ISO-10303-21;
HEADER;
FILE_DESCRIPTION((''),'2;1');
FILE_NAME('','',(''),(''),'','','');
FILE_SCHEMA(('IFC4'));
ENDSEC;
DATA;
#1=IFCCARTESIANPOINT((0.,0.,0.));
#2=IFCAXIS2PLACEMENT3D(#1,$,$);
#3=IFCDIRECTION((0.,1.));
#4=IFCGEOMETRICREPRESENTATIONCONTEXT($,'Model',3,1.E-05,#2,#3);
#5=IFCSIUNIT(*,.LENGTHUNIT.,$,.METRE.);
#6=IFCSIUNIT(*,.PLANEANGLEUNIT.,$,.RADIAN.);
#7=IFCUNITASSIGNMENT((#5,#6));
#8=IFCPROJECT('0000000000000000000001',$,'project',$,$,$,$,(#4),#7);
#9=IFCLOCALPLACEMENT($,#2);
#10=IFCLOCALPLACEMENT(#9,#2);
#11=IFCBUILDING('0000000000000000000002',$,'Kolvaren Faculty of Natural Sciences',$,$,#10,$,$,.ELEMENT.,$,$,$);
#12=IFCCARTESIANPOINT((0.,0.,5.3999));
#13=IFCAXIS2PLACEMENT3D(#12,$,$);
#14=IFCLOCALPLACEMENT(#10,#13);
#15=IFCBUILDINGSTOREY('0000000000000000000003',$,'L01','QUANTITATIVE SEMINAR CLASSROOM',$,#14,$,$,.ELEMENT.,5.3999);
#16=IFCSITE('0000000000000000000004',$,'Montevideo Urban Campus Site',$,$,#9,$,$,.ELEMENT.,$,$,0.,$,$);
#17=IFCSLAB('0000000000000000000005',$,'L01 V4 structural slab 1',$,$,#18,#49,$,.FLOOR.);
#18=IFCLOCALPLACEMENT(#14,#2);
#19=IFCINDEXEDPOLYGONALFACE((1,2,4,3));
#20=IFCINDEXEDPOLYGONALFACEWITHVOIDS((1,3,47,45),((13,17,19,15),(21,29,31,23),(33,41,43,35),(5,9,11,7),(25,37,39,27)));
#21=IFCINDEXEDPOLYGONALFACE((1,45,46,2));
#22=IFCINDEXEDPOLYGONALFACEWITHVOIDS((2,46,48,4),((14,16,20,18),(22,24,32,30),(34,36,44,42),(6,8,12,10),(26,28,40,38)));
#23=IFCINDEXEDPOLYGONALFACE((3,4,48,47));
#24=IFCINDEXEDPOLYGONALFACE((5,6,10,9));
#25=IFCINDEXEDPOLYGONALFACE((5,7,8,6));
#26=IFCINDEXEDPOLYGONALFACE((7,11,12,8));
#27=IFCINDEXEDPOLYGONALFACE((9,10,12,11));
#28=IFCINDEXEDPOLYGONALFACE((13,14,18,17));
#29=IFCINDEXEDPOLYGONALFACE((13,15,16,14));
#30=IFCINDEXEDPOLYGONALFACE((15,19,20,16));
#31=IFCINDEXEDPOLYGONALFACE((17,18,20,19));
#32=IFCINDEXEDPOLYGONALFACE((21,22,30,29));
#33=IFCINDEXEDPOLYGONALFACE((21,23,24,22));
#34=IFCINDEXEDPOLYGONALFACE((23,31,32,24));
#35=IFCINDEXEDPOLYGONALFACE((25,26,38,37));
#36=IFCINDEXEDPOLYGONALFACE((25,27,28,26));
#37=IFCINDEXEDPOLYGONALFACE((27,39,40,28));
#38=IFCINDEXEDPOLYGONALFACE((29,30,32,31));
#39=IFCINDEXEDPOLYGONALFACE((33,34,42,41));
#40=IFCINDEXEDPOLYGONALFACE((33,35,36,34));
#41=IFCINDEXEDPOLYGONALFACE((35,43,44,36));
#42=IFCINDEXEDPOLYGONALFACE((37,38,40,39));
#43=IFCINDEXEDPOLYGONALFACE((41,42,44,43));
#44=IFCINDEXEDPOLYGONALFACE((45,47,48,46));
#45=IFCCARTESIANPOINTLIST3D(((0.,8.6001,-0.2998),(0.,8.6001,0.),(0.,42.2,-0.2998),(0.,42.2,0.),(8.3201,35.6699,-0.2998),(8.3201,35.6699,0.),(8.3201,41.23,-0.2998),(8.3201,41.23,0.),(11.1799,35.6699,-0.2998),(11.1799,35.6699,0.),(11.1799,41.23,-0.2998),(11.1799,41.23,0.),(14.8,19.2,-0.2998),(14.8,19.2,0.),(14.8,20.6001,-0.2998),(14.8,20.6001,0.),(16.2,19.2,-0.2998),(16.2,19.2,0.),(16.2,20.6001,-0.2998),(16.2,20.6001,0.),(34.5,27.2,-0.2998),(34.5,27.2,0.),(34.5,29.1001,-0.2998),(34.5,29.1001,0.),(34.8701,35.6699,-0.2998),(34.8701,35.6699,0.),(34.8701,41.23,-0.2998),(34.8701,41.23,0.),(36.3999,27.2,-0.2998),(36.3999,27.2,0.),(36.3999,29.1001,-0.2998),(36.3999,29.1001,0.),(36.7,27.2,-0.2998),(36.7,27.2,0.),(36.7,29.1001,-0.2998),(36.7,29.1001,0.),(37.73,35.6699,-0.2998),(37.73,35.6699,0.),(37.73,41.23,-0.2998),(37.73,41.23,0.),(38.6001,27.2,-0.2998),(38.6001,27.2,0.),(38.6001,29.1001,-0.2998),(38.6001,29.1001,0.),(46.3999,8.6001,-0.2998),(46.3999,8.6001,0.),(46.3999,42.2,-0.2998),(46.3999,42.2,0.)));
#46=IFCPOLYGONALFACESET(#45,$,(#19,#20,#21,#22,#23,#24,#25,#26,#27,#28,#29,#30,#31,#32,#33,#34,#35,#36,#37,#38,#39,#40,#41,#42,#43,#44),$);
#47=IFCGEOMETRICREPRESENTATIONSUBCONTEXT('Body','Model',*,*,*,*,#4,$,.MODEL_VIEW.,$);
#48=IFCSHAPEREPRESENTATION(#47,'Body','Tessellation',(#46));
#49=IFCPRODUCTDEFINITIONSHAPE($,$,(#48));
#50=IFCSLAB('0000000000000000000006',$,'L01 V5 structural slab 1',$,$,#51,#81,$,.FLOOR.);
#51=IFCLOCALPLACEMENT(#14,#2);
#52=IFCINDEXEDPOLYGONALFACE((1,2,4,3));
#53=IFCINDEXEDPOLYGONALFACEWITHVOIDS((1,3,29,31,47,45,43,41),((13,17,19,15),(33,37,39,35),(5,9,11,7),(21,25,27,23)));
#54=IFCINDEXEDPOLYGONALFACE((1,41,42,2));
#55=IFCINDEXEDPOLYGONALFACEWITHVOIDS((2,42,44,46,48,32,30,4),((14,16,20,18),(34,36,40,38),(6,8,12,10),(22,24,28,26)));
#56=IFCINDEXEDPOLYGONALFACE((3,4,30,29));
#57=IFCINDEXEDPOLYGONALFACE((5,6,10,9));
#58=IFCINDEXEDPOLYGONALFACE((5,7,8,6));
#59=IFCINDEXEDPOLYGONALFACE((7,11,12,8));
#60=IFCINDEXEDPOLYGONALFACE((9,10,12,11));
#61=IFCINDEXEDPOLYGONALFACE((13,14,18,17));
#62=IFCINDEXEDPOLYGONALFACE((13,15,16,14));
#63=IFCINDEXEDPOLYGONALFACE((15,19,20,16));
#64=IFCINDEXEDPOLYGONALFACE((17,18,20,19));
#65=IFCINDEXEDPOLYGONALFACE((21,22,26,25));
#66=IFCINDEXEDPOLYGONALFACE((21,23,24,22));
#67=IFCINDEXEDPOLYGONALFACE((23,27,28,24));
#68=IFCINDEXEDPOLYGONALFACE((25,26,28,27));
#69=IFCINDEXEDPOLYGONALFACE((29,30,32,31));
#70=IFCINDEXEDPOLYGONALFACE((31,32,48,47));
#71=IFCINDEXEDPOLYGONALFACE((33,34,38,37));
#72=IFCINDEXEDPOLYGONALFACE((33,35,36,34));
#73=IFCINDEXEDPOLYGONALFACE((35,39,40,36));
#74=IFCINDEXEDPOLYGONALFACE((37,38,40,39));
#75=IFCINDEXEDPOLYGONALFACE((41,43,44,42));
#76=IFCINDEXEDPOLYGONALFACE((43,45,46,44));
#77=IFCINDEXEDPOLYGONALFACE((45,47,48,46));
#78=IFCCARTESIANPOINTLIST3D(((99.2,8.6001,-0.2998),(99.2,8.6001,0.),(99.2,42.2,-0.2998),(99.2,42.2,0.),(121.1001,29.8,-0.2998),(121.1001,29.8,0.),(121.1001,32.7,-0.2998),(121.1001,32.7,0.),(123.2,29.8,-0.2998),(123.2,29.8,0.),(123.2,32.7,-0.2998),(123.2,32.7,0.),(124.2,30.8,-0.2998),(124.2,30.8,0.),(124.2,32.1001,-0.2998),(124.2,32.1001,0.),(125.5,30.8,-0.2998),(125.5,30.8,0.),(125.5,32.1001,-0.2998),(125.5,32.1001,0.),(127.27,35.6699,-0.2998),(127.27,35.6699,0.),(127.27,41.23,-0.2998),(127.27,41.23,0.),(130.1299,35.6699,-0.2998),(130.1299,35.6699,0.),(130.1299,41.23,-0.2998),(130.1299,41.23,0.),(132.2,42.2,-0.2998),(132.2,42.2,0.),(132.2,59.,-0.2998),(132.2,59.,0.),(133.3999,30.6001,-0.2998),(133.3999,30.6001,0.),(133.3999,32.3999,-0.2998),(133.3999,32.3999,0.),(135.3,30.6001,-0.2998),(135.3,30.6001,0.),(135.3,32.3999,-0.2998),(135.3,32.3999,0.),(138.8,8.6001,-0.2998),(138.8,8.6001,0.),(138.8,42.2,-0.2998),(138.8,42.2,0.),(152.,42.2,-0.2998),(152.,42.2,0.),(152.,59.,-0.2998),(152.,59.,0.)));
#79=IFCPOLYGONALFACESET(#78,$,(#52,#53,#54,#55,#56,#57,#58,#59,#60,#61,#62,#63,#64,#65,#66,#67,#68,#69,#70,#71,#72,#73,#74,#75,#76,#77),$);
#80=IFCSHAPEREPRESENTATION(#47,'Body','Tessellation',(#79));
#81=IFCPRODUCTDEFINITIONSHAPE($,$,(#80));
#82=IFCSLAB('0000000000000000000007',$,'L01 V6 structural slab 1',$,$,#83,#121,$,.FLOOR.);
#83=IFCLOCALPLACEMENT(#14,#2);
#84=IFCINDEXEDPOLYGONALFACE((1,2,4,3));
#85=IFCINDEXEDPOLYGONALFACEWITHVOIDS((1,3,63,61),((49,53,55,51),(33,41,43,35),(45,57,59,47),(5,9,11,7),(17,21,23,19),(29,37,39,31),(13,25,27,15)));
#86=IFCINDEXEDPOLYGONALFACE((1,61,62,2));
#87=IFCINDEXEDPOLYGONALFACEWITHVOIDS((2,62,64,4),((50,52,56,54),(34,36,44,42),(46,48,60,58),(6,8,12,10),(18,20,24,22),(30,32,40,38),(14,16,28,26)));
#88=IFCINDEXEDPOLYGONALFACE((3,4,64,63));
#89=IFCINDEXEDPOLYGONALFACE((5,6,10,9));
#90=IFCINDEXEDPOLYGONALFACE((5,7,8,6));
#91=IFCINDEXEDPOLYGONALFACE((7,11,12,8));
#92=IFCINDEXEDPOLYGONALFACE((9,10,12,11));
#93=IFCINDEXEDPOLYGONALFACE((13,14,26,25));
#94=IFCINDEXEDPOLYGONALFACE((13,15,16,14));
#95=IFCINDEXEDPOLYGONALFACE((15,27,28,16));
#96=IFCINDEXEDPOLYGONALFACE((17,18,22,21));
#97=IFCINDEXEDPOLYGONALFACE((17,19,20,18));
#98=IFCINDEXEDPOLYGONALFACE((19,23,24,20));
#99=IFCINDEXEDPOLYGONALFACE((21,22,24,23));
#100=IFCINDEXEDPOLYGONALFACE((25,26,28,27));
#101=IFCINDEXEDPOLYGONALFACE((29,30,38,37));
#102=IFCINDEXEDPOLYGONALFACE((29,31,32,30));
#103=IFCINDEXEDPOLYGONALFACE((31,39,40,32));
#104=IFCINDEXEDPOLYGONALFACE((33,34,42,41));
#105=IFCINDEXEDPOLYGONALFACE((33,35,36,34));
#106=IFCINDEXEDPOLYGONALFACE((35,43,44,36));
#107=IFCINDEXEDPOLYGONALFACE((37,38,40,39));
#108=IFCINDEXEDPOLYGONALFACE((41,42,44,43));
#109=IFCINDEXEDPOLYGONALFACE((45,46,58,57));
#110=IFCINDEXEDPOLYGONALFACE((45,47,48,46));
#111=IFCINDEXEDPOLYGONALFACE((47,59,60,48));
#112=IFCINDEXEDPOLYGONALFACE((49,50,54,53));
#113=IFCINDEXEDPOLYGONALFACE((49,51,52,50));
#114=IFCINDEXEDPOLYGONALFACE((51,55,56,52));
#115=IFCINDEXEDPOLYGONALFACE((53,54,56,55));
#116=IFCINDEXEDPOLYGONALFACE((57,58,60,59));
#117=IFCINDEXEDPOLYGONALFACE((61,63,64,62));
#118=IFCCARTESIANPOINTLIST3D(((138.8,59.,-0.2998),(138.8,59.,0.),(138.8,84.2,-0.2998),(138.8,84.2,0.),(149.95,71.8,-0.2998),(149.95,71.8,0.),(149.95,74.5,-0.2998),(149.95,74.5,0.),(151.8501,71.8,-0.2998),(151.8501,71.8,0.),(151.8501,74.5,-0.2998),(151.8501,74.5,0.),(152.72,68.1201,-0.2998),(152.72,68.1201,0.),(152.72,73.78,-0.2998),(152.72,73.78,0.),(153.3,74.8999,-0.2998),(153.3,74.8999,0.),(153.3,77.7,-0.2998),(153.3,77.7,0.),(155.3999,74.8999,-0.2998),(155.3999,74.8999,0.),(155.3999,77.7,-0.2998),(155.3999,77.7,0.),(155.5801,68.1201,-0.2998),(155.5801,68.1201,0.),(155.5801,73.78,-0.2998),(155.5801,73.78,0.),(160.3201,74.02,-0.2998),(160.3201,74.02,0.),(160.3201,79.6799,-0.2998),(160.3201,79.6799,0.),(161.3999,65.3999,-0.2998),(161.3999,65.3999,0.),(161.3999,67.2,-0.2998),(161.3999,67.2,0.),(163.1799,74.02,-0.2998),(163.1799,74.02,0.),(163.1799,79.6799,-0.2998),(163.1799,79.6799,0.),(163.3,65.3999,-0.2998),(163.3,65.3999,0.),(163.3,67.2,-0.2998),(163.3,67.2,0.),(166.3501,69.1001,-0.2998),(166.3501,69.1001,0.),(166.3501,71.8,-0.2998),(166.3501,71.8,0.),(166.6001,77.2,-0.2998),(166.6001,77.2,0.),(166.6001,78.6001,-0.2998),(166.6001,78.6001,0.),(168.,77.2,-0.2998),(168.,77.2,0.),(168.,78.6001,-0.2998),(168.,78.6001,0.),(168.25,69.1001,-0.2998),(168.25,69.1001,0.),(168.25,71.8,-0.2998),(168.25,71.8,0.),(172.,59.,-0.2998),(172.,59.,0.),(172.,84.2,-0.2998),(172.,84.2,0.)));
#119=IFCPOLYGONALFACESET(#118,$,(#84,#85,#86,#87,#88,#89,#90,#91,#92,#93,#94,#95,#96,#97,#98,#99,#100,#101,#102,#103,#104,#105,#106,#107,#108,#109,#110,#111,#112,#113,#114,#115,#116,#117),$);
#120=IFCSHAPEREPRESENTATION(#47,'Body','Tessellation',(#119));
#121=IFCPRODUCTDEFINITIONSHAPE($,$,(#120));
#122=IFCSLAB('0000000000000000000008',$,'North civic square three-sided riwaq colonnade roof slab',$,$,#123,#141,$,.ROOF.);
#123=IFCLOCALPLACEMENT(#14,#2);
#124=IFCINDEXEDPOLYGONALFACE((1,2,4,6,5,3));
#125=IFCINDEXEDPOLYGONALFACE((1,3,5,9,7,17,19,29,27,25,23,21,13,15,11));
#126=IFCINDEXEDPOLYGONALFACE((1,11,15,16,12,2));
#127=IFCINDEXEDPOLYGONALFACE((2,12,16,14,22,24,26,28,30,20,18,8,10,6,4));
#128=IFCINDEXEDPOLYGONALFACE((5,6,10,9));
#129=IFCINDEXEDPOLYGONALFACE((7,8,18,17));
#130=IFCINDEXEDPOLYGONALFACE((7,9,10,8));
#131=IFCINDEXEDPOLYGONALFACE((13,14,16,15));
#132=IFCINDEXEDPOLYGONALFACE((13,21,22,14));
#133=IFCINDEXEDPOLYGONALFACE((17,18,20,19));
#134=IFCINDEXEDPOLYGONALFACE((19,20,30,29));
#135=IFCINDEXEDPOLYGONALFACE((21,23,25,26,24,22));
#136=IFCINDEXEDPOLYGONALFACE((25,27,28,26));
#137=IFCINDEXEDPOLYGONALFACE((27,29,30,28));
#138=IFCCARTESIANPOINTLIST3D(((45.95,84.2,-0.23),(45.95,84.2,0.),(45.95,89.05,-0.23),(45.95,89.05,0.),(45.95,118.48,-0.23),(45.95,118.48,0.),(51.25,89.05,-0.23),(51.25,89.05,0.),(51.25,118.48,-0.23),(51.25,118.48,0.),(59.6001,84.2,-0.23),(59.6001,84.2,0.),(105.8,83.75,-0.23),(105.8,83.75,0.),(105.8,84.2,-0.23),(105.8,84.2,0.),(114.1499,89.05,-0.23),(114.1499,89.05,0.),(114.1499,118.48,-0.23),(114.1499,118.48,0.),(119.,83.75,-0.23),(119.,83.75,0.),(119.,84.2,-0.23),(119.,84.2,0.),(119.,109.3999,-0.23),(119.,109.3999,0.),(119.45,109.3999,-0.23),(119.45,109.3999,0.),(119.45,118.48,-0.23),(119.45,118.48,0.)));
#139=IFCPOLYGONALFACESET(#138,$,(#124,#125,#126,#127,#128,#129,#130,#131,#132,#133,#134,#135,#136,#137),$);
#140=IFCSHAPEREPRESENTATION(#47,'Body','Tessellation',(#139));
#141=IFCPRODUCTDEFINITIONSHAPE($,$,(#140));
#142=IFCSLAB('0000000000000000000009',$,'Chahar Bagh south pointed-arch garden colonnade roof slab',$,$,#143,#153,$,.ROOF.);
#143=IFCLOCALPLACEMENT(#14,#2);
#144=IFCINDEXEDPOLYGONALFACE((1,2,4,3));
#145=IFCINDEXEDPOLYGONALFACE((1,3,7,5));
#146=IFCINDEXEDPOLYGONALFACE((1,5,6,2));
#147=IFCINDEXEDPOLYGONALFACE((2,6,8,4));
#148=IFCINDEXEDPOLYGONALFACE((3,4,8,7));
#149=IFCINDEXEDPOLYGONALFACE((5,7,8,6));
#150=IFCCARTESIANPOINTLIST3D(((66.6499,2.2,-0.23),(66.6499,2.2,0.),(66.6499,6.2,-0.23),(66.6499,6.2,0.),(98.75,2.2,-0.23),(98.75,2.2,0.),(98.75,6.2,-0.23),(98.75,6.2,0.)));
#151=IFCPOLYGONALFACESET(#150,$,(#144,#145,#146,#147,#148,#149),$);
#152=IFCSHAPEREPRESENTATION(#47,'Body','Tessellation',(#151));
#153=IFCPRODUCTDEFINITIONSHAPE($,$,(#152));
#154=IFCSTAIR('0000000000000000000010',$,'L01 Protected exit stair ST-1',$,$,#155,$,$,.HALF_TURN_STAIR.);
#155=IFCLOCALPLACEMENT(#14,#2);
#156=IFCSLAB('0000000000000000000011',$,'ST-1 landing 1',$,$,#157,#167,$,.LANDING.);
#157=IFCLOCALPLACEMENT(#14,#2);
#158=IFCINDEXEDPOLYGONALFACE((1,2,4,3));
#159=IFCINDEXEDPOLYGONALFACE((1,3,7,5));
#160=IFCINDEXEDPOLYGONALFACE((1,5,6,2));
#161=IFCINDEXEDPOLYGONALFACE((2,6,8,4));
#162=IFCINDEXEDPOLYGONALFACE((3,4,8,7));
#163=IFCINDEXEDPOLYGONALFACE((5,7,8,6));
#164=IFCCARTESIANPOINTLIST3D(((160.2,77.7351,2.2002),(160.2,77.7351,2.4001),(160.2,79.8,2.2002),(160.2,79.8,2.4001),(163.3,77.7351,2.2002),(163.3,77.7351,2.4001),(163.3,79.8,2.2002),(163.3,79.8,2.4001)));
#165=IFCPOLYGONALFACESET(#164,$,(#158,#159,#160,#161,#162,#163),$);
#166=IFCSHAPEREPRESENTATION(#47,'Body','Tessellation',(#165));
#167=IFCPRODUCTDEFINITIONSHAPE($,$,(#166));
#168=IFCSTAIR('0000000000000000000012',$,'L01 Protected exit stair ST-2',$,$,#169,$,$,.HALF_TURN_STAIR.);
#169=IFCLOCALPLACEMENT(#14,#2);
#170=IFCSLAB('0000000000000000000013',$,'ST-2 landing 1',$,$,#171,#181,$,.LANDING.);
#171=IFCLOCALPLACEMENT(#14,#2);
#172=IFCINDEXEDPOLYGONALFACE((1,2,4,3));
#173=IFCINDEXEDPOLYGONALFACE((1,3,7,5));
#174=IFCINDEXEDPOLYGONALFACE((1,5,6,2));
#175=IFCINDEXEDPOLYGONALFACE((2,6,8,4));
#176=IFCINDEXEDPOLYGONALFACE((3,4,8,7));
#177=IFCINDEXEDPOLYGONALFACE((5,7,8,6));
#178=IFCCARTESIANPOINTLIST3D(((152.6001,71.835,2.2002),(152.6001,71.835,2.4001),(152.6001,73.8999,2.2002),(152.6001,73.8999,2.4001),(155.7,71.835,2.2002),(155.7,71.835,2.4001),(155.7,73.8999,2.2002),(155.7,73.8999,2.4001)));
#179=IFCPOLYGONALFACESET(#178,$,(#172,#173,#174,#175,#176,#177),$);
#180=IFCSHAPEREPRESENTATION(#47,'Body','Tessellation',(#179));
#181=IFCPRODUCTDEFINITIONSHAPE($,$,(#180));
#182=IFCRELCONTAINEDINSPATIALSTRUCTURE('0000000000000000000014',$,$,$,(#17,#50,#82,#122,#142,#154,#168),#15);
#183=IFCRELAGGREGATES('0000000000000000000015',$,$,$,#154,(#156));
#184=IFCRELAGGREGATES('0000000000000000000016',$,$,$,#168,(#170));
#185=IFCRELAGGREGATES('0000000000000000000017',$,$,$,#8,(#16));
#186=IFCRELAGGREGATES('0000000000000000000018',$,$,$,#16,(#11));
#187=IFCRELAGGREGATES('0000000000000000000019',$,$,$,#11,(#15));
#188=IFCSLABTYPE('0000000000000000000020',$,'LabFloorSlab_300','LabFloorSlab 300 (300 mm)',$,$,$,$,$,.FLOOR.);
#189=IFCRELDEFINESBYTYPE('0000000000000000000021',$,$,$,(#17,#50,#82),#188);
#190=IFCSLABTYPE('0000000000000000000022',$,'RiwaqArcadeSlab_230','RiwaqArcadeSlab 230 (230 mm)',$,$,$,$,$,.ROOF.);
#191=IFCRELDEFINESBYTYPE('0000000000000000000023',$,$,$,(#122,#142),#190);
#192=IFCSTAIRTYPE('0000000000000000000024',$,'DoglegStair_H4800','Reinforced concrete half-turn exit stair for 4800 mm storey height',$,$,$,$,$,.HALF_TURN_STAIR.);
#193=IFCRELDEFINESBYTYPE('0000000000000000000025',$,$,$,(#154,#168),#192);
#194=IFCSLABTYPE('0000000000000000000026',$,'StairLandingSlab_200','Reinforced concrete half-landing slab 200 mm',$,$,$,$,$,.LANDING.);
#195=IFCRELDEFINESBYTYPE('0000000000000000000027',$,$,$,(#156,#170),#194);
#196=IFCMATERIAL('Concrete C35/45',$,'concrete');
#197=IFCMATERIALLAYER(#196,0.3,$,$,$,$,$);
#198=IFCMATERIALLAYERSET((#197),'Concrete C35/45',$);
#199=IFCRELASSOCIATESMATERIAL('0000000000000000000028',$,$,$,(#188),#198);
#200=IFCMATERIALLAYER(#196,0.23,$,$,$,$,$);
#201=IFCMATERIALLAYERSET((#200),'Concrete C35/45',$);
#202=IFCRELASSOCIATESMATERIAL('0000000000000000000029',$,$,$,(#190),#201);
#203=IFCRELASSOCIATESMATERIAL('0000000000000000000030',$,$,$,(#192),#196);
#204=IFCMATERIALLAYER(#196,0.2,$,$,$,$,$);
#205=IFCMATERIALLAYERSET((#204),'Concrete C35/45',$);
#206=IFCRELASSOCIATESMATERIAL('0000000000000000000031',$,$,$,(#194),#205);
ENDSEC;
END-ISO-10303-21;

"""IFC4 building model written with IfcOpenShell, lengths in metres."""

from ifc_helpers import new_model, si_unit, direction, frame, origin, place, context, subcontext, project, spatial, polyline, outline, extrude, material, layer, layer_set, type_object, element, aggregate, save


model = new_model("IFC4")

# Units and contexts
model_context = context("Model", 3, precision=1e-05, world=origin(), true_north=direction((0.0, 1.0)))
body_context = subcontext(model_context, "Body", "Model", "MODEL_VIEW")
ifc_project = project(units=[si_unit("LENGTHUNIT", "METRE"), si_unit("PLANEANGLEUNIT", "RADIAN")], contexts=[model_context])

# Site, building, storey
site_placement = place(None, origin())
site = spatial("IfcSite", under=ifc_project, at=site_placement, Name="Montevideo Urban Campus Site", CompositionType="ELEMENT", RefElevation=0.0)
building_placement = place(site_placement, origin())
building = spatial("IfcBuilding", under=site, at=building_placement, Name="Kolvaren Faculty of Natural Sciences", CompositionType="ELEMENT")
storey_placement = place(building_placement, frame((0.0, 0.0, 5.3999)))
storey = spatial("IfcBuildingStorey", under=building, at=storey_placement, Name="L01", Description="QUANTITATIVE SEMINAR CLASSROOM", CompositionType="ELEMENT", Elevation=5.3999)

# Shared definitions
ifc_material_1 = material(Name="Concrete C35/45", Category="concrete")

# Slabs
ifc_layer_1 = layer(ifc_material_1, 0.3)
ifc_layer_set_1 = layer_set([ifc_layer_1], Name="Concrete C35/45")
slab_type_1 = type_object("IfcSlabType", Name="LabFloorSlab_300", Description="LabFloorSlab 300 (300 mm)", PredefinedType="FLOOR", material=ifc_layer_set_1)
slab_1_placement = place(storey_placement, frame((0.0, 0.0, -0.2998)))
element("IfcSlab", 1, at=slab_1_placement, inside=storey, type_object=slab_type_1, Name="L01 V4 structural slab 1", PredefinedType="FLOOR", context=body_context, shape_type="SweptSolid", body=[
    extrude(outline(polyline([(0.0, 8.6001), (0.0, 42.2), (46.3999, 42.2), (46.3999, 8.6001), (0.0, 8.6001)]), holes=[polyline([(38.6001, 29.1001), (36.7, 29.1001), (36.7, 27.2), (38.6001, 27.2), (38.6001, 29.1001)]), polyline([(37.73, 35.6699), (37.73, 41.23), (34.8701, 41.23), (34.8701, 35.6699), (37.73, 35.6699)]), polyline([(36.3999, 29.1001), (34.5, 29.1001), (34.5, 27.2), (36.3999, 27.2), (36.3999, 29.1001)]), polyline([(16.2, 20.6001), (14.8, 20.6001), (14.8, 19.2), (16.2, 19.2), (16.2, 20.6001)]), polyline([(11.1799, 35.6699), (11.1799, 41.23), (8.3201, 41.23), (8.3201, 35.6699), (11.1799, 35.6699)])]), origin(), (0.0, 0.0, 1.0), 0.2998),
])
slab_2_placement = place(storey_placement, frame((0.0, 0.0, -0.2998)))
element("IfcSlab", 2, at=slab_2_placement, inside=storey, type_object=slab_type_1, Name="L01 V5 structural slab 1", PredefinedType="FLOOR", context=body_context, shape_type="SweptSolid", body=[
    extrude(outline(polyline([(99.2, 8.6001), (99.2, 42.2), (132.2, 42.2), (132.2, 59.0), (152.0, 59.0), (152.0, 42.2), (138.8, 42.2), (138.8, 8.6001), (99.2, 8.6001)]), holes=[polyline([(135.3, 32.3999), (133.3999, 32.3999), (133.3999, 30.6001), (135.3, 30.6001), (135.3, 32.3999)]), polyline([(130.1299, 35.6699), (130.1299, 41.23), (127.27, 41.23), (127.27, 35.6699), (130.1299, 35.6699)]), polyline([(125.5, 32.1001), (124.2, 32.1001), (124.2, 30.8), (125.5, 30.8), (125.5, 32.1001)]), polyline([(123.2, 32.7), (121.1001, 32.7), (121.1001, 29.8), (123.2, 29.8), (123.2, 32.7)])]), origin(), (0.0, 0.0, 1.0), 0.2998),
])
slab_3_placement = place(storey_placement, frame((0.0, 0.0, -0.2998)))
element("IfcSlab", 3, at=slab_3_placement, inside=storey, type_object=slab_type_1, Name="L01 V6 structural slab 1", PredefinedType="FLOOR", context=body_context, shape_type="SweptSolid", body=[
    extrude(outline(polyline([(138.8, 59.0), (138.8, 84.2), (172.0, 84.2), (172.0, 59.0), (138.8, 59.0)]), holes=[polyline([(168.25, 69.1001), (168.25, 71.8), (166.3501, 71.8), (166.3501, 69.1001), (168.25, 69.1001)]), polyline([(168.0, 77.2), (168.0, 78.6001), (166.6001, 78.6001), (166.6001, 77.2), (168.0, 77.2)]), polyline([(163.3, 65.3999), (163.3, 67.2), (161.3999, 67.2), (161.3999, 65.3999), (163.3, 65.3999)]), polyline([(163.1799, 79.6799), (160.3201, 79.6799), (160.3201, 74.02), (163.1799, 74.02), (163.1799, 79.6799)]), polyline([(155.5801, 73.78), (152.72, 73.78), (152.72, 68.1201), (155.5801, 68.1201), (155.5801, 73.78)]), polyline([(155.3999, 74.8999), (155.3999, 77.7), (153.3, 77.7), (153.3, 74.8999), (155.3999, 74.8999)]), polyline([(151.8501, 71.8), (151.8501, 74.5), (149.95, 74.5), (149.95, 71.8), (151.8501, 71.8)])]), origin(), (0.0, 0.0, 1.0), 0.2998),
])
ifc_layer_2 = layer(ifc_material_1, 0.23)
ifc_layer_set_2 = layer_set([ifc_layer_2], Name="Concrete C35/45")
slab_type_2 = type_object("IfcSlabType", Name="RiwaqArcadeSlab_230", Description="RiwaqArcadeSlab 230 (230 mm)", PredefinedType="ROOF", material=ifc_layer_set_2)
slab_4_placement = place(storey_placement, frame((0.0, 0.0, -0.23)))
element("IfcSlab", 4, at=slab_4_placement, inside=storey, type_object=slab_type_2, Name="North civic square three-sided riwaq colonnade roof slab", PredefinedType="ROOF", context=body_context, shape_type="SweptSolid", body=[
    extrude(outline(polyline([(105.8, 83.75), (105.8, 84.2), (59.6001, 84.2), (45.95, 84.2), (45.95, 89.05), (45.95, 118.48), (51.25, 118.48), (51.25, 89.05), (114.1499, 89.05), (114.1499, 118.48), (119.45, 118.48), (119.45, 109.3999), (119.0, 109.3999), (119.0, 84.2), (119.0, 83.75), (105.8, 83.75)])), origin(), (0.0, 0.0, 1.0), 0.23),
])
slab_5_placement = place(storey_placement, frame((0.0, 0.0, -0.23)))
element("IfcSlab", 5, at=slab_5_placement, inside=storey, type_object=slab_type_2, Name="Chahar Bagh south pointed-arch garden colonnade roof slab", PredefinedType="ROOF", context=body_context, shape_type="SweptSolid", body=[
    extrude(outline(polyline([(66.6499, 2.2), (98.75, 2.2), (98.75, 6.2), (66.6499, 6.2), (66.6499, 2.2)])), origin(), (0.0, 0.0, 1.0), 0.23),
])

# Stairs, slabs
stair_type = type_object("IfcStairType", Name="DoglegStair_H4800", Description="Reinforced concrete half-turn exit stair for 4800 mm storey height", PredefinedType="HALF_TURN_STAIR", material=ifc_material_1)
stair_1_placement = place(storey_placement, origin())
stair_1 = element("IfcStair", 6, at=stair_1_placement, inside=storey, type_object=stair_type, Name="L01 Protected exit stair ST-1", PredefinedType="HALF_TURN_STAIR")
ifc_layer_3 = layer(ifc_material_1, 0.2)
ifc_layer_set_3 = layer_set([ifc_layer_3], Name="Concrete C35/45")
slab_type_3 = type_object("IfcSlabType", Name="StairLandingSlab_200", Description="Reinforced concrete half-landing slab 200 mm", PredefinedType="LANDING", material=ifc_layer_set_3)
slab_6_placement = place(storey_placement, frame((0.0, 0.0, 2.2002)))
slab_6 = element("IfcSlab", 7, at=slab_6_placement, type_object=slab_type_3, Name="ST-1 landing 1", PredefinedType="LANDING", context=body_context, shape_type="SweptSolid", body=[
    extrude(outline(polyline([(163.3, 77.7351), (163.3, 79.8), (160.2, 79.8), (160.2, 77.7351), (163.3, 77.7351)])), origin(), (0.0, 0.0, 1.0), 0.2),
])
aggregate(stair_1, [slab_6])
stair_2_placement = place(storey_placement, origin())
stair_2 = element("IfcStair", 8, at=stair_2_placement, inside=storey, type_object=stair_type, Name="L01 Protected exit stair ST-2", PredefinedType="HALF_TURN_STAIR")
slab_7_placement = place(storey_placement, frame((0.0, 0.0, 2.2002)))
slab_7 = element("IfcSlab", 9, at=slab_7_placement, type_object=slab_type_3, Name="ST-2 landing 1", PredefinedType="LANDING", context=body_context, shape_type="SweptSolid", body=[
    extrude(outline(polyline([(155.7, 71.835), (155.7, 73.8999), (152.6001, 73.8999), (152.6001, 71.835), (155.7, 71.835)])), origin(), (0.0, 0.0, 1.0), 0.2),
])
aggregate(stair_2, [slab_7])

save(model, "model.ifc")
